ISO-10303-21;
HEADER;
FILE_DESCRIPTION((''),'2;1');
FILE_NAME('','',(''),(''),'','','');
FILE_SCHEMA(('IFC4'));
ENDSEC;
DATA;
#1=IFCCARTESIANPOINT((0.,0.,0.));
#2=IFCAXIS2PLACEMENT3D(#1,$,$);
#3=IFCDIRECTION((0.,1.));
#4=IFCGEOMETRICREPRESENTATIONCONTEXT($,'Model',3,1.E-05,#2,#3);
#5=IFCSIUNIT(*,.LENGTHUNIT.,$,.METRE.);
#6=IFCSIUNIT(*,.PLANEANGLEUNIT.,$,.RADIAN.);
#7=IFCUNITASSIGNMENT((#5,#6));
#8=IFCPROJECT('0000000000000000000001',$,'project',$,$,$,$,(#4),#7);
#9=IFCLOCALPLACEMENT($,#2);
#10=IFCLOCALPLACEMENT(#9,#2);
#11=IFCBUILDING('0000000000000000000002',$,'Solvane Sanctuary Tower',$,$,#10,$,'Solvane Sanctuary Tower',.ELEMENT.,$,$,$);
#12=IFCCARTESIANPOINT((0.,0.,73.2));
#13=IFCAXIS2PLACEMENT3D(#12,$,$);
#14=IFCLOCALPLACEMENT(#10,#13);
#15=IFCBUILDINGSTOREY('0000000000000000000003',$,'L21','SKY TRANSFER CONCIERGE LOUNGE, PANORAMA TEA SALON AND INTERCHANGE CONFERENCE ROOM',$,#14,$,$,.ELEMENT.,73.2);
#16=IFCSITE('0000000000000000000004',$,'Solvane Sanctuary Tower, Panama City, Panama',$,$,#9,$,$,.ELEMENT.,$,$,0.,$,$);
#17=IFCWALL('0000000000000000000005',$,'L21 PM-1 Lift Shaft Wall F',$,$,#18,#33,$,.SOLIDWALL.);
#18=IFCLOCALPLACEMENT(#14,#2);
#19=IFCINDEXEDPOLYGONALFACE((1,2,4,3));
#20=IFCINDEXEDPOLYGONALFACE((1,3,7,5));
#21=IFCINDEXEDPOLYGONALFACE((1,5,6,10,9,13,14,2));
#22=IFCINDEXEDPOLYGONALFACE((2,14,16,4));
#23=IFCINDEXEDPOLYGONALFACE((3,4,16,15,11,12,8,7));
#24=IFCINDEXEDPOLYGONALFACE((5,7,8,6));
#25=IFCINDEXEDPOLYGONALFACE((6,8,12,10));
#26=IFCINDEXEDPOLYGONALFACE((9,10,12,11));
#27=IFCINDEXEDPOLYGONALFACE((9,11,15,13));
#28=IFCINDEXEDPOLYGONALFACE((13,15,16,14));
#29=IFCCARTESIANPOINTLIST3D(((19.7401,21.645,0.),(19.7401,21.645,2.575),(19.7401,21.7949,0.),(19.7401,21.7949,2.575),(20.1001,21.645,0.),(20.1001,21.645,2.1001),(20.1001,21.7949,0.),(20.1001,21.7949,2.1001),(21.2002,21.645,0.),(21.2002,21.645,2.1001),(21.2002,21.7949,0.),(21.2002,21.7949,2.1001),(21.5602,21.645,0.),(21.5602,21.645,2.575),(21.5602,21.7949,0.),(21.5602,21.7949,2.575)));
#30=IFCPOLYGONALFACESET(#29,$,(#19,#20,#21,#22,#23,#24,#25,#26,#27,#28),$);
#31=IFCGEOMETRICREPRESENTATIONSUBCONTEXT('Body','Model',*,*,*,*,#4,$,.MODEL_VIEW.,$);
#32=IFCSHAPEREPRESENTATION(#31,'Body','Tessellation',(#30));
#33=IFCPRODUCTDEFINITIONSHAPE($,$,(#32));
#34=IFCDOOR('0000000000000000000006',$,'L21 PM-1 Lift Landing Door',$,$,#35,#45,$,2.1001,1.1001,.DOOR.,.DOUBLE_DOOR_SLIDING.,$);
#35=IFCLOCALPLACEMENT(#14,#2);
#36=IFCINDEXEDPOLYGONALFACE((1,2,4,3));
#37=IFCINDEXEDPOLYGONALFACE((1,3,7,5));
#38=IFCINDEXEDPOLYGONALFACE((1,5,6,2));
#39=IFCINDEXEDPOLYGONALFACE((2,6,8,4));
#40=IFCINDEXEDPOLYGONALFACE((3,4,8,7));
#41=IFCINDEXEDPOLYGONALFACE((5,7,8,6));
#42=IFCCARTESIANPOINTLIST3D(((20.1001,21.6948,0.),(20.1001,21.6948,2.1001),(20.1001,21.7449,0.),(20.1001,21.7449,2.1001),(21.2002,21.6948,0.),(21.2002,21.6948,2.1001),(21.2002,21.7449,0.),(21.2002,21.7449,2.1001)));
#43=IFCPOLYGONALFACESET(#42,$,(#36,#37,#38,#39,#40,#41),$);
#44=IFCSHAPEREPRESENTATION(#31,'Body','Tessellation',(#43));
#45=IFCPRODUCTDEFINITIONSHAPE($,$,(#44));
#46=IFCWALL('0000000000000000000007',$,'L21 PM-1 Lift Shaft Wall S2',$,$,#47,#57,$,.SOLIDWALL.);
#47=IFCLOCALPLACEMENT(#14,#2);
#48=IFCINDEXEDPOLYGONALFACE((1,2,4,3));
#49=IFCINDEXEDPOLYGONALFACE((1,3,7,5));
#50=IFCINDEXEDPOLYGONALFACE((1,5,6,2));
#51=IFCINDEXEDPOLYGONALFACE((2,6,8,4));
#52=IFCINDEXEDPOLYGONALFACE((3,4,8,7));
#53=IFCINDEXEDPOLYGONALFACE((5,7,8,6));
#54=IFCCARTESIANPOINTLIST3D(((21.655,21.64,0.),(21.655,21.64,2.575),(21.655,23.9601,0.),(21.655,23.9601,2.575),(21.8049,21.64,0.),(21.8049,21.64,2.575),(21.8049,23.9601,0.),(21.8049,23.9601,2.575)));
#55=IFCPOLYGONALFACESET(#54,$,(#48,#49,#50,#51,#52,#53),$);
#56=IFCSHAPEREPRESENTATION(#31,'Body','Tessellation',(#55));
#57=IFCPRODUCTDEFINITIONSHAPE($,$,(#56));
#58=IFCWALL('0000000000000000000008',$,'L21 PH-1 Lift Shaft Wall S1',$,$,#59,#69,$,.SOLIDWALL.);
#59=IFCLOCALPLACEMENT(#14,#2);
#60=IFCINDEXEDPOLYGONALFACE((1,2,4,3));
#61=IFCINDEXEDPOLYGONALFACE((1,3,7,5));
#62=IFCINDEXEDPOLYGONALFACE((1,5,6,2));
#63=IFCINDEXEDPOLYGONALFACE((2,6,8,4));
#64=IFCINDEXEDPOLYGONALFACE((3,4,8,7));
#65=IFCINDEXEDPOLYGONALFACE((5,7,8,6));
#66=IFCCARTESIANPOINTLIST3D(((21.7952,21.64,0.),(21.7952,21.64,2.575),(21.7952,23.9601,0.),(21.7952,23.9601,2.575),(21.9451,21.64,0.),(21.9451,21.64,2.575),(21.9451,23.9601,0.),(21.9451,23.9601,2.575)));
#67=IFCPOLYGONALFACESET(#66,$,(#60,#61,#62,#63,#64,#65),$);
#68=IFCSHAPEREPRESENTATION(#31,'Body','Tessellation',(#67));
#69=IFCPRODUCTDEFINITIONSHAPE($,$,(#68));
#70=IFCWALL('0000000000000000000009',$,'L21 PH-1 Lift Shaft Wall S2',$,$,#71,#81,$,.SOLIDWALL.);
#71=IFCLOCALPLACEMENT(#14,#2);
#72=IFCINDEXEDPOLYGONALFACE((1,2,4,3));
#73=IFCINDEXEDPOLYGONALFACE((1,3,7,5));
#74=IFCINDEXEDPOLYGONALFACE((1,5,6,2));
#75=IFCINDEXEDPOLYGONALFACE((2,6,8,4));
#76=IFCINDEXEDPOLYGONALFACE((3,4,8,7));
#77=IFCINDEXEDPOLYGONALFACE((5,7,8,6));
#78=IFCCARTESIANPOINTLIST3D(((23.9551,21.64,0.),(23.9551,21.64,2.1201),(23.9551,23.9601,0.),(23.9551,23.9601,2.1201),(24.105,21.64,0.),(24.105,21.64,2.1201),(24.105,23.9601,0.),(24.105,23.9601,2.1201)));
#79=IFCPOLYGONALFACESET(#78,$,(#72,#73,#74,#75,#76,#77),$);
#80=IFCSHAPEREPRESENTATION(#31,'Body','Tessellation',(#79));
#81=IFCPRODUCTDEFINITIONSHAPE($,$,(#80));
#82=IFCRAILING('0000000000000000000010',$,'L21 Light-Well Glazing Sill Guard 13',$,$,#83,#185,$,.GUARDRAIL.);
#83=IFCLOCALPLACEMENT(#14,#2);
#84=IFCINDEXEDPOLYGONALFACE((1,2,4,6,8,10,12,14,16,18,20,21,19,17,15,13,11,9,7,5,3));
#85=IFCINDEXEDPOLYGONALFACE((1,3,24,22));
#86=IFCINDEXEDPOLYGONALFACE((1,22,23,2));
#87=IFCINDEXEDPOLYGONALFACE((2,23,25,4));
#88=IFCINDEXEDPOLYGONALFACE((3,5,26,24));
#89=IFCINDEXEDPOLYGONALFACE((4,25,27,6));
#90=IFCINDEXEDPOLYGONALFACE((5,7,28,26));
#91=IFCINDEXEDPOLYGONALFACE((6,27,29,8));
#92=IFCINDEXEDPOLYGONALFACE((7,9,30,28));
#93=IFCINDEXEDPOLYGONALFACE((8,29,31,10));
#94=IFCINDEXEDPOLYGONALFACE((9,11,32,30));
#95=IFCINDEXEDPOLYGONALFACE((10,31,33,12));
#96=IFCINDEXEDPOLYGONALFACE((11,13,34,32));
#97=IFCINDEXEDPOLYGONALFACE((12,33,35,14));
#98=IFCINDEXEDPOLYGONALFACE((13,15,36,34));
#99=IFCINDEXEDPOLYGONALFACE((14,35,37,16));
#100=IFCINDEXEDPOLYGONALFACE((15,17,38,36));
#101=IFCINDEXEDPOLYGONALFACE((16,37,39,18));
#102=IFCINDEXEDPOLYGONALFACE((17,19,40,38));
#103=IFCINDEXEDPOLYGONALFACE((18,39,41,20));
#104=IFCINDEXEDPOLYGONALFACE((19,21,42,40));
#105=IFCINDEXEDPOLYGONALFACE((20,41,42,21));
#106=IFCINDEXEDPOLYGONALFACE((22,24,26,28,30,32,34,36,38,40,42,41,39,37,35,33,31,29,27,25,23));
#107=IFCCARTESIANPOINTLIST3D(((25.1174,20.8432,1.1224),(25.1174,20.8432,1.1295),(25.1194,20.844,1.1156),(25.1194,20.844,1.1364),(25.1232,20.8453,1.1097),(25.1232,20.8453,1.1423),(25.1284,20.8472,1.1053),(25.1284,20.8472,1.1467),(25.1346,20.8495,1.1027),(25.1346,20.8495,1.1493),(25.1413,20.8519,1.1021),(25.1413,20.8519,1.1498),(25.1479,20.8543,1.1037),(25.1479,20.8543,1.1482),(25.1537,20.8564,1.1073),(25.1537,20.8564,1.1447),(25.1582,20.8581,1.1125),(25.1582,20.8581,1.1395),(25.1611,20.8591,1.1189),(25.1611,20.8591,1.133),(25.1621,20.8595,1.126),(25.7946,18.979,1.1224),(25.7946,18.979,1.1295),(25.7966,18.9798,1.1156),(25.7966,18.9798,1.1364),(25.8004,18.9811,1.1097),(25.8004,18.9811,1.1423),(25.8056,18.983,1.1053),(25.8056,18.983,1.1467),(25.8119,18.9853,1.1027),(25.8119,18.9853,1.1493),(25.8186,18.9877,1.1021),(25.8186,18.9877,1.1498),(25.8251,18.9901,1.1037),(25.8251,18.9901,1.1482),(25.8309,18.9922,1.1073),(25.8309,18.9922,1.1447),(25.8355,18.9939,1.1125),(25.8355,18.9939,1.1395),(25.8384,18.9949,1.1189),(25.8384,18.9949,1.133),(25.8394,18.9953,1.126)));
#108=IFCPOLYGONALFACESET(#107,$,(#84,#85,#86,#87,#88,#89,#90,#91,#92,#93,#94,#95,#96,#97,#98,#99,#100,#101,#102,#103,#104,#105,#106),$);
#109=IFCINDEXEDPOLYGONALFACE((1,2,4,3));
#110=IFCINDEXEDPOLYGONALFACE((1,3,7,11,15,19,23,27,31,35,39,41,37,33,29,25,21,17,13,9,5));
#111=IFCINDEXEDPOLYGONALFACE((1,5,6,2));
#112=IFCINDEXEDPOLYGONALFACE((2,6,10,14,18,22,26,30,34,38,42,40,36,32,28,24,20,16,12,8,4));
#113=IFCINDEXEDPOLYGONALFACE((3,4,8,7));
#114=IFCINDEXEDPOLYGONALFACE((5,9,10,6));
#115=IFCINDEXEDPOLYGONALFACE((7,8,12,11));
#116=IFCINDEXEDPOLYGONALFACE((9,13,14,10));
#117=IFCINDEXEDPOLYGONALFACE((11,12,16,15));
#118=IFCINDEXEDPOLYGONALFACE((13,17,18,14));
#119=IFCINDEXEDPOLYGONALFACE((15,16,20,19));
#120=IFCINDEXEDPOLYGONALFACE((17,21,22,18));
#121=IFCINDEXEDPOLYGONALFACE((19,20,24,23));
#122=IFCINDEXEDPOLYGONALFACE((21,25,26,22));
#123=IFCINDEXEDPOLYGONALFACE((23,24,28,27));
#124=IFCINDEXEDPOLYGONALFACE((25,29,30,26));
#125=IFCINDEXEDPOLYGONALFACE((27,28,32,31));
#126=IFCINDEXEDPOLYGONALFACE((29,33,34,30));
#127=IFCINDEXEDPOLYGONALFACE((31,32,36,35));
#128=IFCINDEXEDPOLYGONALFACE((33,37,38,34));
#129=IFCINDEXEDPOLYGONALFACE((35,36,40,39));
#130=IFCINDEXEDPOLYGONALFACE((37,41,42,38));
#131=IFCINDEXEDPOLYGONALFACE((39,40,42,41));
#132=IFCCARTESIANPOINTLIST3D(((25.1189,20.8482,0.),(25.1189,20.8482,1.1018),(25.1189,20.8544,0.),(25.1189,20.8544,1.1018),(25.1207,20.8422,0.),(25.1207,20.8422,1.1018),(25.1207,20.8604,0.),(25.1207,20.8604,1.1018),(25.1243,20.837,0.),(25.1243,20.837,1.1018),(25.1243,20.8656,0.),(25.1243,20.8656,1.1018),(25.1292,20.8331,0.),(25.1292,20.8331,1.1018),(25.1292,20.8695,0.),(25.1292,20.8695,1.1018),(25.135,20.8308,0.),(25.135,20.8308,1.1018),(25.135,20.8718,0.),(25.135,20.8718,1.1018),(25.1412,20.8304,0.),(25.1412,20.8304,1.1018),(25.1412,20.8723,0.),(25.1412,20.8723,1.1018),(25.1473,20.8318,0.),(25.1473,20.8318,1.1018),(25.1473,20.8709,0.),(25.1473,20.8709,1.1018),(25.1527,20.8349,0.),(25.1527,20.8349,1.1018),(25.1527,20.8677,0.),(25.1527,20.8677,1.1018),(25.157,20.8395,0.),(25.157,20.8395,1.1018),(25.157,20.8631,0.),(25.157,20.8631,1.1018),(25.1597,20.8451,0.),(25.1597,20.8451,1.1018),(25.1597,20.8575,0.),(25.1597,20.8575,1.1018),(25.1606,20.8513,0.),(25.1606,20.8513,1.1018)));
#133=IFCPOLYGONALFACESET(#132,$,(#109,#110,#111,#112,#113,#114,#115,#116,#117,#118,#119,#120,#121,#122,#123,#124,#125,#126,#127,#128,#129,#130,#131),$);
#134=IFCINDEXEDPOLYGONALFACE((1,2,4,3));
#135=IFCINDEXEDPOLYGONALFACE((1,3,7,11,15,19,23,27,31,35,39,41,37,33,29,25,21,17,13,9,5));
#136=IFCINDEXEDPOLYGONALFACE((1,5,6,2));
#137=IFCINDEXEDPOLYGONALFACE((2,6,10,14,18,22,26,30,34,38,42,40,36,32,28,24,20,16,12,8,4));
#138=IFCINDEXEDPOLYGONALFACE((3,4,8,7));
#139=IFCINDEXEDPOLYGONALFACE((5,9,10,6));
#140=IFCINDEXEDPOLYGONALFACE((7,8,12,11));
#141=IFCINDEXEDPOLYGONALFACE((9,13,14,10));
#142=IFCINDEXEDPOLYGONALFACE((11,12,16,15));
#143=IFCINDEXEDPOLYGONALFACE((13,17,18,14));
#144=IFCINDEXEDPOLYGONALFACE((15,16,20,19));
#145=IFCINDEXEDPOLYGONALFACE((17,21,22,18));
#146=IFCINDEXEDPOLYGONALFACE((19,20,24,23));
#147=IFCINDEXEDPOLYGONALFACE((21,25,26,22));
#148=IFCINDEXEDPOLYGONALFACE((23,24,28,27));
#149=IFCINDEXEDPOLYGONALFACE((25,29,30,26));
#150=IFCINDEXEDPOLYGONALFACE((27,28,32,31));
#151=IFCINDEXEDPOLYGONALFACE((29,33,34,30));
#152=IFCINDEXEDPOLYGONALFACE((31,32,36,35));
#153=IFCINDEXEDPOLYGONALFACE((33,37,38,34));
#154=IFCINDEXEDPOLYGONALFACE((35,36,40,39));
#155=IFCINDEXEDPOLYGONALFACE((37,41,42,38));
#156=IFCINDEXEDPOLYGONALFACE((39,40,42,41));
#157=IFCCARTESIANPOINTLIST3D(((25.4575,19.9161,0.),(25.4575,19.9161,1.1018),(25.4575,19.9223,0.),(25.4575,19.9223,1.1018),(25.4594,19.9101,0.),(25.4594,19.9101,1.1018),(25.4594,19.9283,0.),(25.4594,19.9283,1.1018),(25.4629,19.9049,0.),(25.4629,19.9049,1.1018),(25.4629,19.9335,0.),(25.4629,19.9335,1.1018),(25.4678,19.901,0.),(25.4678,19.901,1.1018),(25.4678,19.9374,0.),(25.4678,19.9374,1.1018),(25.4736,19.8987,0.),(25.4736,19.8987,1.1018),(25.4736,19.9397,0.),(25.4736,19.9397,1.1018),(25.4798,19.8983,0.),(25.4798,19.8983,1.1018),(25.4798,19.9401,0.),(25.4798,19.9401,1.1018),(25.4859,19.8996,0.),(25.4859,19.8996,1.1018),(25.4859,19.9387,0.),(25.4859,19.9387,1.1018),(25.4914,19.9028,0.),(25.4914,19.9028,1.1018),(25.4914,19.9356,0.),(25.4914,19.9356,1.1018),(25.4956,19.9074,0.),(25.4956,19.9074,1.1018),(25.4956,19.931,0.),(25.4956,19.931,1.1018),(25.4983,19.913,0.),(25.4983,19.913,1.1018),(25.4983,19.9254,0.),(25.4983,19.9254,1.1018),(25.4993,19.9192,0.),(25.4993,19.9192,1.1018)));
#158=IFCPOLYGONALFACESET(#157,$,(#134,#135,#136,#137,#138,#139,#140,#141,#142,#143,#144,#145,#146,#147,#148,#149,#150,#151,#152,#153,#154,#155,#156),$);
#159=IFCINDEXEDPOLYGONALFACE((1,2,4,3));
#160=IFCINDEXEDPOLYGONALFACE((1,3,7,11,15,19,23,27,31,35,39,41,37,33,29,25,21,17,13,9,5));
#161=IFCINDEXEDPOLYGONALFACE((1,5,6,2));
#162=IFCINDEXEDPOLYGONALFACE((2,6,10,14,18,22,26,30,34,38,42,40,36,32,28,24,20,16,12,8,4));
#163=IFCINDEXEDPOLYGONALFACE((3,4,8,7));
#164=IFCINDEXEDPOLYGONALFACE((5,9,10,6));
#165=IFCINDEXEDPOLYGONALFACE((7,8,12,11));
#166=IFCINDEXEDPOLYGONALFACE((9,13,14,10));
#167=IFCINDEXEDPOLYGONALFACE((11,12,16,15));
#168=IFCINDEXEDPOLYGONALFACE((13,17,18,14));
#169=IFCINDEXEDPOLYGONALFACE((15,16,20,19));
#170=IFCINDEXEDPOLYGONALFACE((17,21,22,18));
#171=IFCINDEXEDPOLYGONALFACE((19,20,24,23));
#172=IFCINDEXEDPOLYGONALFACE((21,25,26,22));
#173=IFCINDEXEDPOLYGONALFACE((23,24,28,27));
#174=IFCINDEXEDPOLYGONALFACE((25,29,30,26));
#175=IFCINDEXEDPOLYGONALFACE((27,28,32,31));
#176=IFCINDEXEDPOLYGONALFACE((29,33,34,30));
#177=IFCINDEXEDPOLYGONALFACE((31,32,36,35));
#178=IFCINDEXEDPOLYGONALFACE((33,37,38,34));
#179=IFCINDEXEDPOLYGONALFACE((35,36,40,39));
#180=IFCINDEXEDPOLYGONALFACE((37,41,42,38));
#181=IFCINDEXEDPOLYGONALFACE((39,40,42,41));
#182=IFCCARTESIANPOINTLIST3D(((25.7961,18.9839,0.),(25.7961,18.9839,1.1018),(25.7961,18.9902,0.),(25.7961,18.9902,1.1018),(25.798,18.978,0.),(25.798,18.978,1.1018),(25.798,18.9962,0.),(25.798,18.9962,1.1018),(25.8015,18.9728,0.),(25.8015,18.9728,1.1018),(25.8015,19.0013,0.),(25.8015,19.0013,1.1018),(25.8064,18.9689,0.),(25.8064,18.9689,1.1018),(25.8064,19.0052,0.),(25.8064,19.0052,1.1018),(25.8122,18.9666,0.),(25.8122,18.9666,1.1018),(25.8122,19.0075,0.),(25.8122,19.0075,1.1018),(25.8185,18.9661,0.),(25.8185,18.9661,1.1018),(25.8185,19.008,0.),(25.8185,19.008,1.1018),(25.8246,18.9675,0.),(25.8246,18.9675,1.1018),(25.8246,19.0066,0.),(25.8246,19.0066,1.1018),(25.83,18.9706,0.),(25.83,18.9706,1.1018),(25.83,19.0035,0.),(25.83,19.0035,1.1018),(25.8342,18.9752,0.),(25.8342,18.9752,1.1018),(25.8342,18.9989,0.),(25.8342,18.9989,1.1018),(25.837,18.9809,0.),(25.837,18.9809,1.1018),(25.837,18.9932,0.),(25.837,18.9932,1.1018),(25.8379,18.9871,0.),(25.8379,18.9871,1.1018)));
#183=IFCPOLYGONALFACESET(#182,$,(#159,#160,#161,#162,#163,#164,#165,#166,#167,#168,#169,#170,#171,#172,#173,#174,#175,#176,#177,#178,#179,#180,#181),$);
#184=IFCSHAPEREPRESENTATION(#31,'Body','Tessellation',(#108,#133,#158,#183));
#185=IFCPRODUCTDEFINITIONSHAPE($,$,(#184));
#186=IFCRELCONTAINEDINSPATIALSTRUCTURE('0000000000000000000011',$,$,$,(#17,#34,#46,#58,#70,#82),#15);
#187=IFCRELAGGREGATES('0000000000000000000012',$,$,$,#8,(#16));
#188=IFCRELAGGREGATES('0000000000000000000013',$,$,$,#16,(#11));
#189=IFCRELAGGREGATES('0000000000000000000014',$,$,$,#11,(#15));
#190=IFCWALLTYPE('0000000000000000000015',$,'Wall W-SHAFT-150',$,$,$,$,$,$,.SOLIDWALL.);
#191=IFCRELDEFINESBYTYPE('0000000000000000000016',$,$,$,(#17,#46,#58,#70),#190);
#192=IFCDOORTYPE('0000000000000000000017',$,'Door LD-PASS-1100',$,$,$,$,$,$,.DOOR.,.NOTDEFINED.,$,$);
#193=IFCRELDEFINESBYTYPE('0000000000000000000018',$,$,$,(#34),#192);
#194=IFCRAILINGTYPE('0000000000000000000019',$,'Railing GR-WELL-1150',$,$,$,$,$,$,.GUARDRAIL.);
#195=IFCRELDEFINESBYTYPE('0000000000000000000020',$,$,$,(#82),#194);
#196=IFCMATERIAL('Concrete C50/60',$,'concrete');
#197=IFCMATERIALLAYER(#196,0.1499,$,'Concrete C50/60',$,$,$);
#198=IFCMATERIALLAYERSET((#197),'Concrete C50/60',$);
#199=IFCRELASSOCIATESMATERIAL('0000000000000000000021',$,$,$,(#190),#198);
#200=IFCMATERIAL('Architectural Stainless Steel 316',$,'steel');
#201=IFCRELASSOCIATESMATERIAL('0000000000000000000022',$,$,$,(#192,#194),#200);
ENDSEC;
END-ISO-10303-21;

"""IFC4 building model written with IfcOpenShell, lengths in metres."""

from ifc_helpers import new_model, si_unit, direction, frame, frame_2d, origin, origin_2d, place, context, subcontext, project, spatial, rectangle, circle, extrude, material, layer, layer_set, type_object, element, fill, save


model = new_model("IFC4")

# Units and contexts
model_context = context("Model", 3, precision=1e-05, world=origin(), true_north=direction((0.0, 1.0)))
body_context = subcontext(model_context, "Body", "Model", "MODEL_VIEW")
ifc_project = project(units=[si_unit("LENGTHUNIT", "METRE"), si_unit("PLANEANGLEUNIT", "RADIAN")], contexts=[model_context])

# Site, building, storey
site_placement = place(None, origin())
site = spatial("IfcSite", under=ifc_project, at=site_placement, Name="Solvane Sanctuary Tower, Panama City, Panama", CompositionType="ELEMENT", RefElevation=0.0)
building_placement = place(site_placement, origin())
building = spatial("IfcBuilding", under=site, at=building_placement, Name="Solvane Sanctuary Tower", LongName="Solvane Sanctuary Tower", CompositionType="ELEMENT")
storey_placement = place(building_placement, frame((0.0, 0.0, 73.2)))
storey = spatial("IfcBuildingStorey", under=building, at=storey_placement, Name="L21", Description="SKY TRANSFER CONCIERGE LOUNGE, PANORAMA TEA SALON AND INTERCHANGE CONFERENCE ROOM", CompositionType="ELEMENT", Elevation=73.2)

# Shared definitions
ifc_material_1 = material(Name="Concrete C50/60", Category="concrete")
ifc_layer_1 = layer(ifc_material_1, 0.1499, Name="Concrete C50/60")
ifc_layer_set_1 = layer_set([ifc_layer_1], Name="Concrete C50/60")
wall_type_1 = type_object("IfcWallType", Name="Wall W-SHAFT-150", PredefinedType="SOLIDWALL", material=ifc_layer_set_1)
ifc_material_2 = material(Name="Architectural Stainless Steel 316", Category="steel")
door_type = type_object("IfcDoorType", Name="Door LD-PASS-1100", OperationType="NOTDEFINED", PredefinedType="DOOR", material=ifc_material_2)

# Wall, opening, door
wall_1_placement = place(storey_placement, frame((19.74, 21.72, 0.0), z_axis=(0.0, 0.0, 1.0), x_axis=(1.0, 0.0, 0.0)))
wall_1 = element("IfcWall", 1, at=wall_1_placement, inside=storey, type_object=wall_type_1, Name="L21 PM-1 Lift Shaft Wall F", PredefinedType="SOLIDWALL", context=body_context, shape_type="SweptSolid", body=[
    extrude(rectangle(XDim=1.8201, YDim=0.1499, at=frame_2d((0.9102, 0.0))), origin(), (0.0, 0.0, 1.0), 2.575),
])
opening_1_placement = place(wall_1_placement, frame((0.3601, 0.0, 0.0)))
opening_1 = element("IfcOpeningElement", 2, at=opening_1_placement, cuts=wall_1, PredefinedType="OPENING", context=body_context, shape_type="SweptSolid", body=[
    extrude(rectangle(XDim=1.1001, YDim=2.1001, at=frame_2d((0.55, 1.05))), frame((0.0, 0.085, 0.0), z_axis=(0.0, -1.0, 0.0), x_axis=(1.0, 0.0, 0.0)), (0.0, 0.0, 1.0), 0.1699),
])
door_1_placement = place(opening_1_placement, origin())
door_1 = element("IfcDoor", 3, at=door_1_placement, inside=storey, type_object=door_type, Name="L21 PM-1 Lift Landing Door", OperationType="DOUBLE_DOOR_SLIDING", OverallHeight=2.1001, OverallWidth=1.1001, PredefinedType="DOOR", context=body_context, shape_type="SweptSolid", body=[
    extrude(rectangle(XDim=1.1001, YDim=2.1001, at=frame_2d((0.55, 1.05))), frame((0.0, 0.0249, 0.0), z_axis=(0.0, -1.0, 0.0), x_axis=(1.0, 0.0, 0.0)), (0.0, 0.0, 1.0), 0.05),
])
fill(opening_1, door_1)

# Walls
for number, where, z_axis, x_axis, name in (
    (4, (21.73, 21.6399, 0.0), (0.0, 0.0, 1.0), (0.0, 1.0, 0.0), "L21 PM-1 Lift Shaft Wall S2"),
    (5, (21.8701, 21.6399, 0.0), (0.0, 0.0, 1.0), (0.0, 1.0, 0.0), "L21 PH-1 Lift Shaft Wall S1"),
):
    element("IfcWall", number, at=place(storey_placement, frame(where, z_axis=z_axis, x_axis=x_axis)), inside=storey, type_object=wall_type_1, Name=name, PredefinedType="SOLIDWALL", context=body_context, shape_type="SweptSolid", body=[
        extrude(rectangle(XDim=2.3201, YDim=0.1499, at=frame_2d((1.1602, 0.0))), origin(), (0.0, 0.0, 1.0), 2.575),
    ])
wall_2_placement = place(storey_placement, frame((24.03, 21.6399, 0.0), z_axis=(0.0, 0.0, 1.0), x_axis=(0.0, 1.0, 0.0)))
element("IfcWall", 6, at=wall_2_placement, inside=storey, type_object=wall_type_1, Name="L21 PH-1 Lift Shaft Wall S2", PredefinedType="SOLIDWALL", context=body_context, shape_type="SweptSolid", body=[
    extrude(rectangle(XDim=2.3201, YDim=0.1499, at=frame_2d((1.1602, 0.0))), origin(), (0.0, 0.0, 1.0), 2.1201),
])

# Railing
railing_type = type_object("IfcRailingType", Name="Railing GR-WELL-1150", PredefinedType="GUARDRAIL", material=ifc_material_2)
railing_placement = place(storey_placement, frame((25.1396, 20.8513, 0.0)))
element("IfcRailing", 7, at=railing_placement, inside=storey, type_object=railing_type, Name="L21 Light-Well Glazing Sill Guard 13", PredefinedType="GUARDRAIL", context=body_context, shape_type="SweptSolid", body=[
    extrude(circle(Radius=0.0239, at=origin_2d()), frame((0.0, 0.0, 1.126), z_axis=(0.341447, -0.939901, 0.0), x_axis=(0.939901, 0.341447, 0.0)), (0.0, 0.0, 1.0), 1.9834),
    extrude(circle(Radius=0.021, at=origin_2d()), origin(), (0.0, 0.0, 1.0), 1.1018),
    extrude(circle(Radius=0.021, at=origin_2d()), frame((0.3386, -0.9321, 0.0)), (0.0, 0.0, 1.0), 1.1018),
    extrude(circle(Radius=0.021, at=origin_2d()), frame((0.6772, -1.8643, 0.0)), (0.0, 0.0, 1.0), 1.1018),
])

save(model, "model.ifc")
